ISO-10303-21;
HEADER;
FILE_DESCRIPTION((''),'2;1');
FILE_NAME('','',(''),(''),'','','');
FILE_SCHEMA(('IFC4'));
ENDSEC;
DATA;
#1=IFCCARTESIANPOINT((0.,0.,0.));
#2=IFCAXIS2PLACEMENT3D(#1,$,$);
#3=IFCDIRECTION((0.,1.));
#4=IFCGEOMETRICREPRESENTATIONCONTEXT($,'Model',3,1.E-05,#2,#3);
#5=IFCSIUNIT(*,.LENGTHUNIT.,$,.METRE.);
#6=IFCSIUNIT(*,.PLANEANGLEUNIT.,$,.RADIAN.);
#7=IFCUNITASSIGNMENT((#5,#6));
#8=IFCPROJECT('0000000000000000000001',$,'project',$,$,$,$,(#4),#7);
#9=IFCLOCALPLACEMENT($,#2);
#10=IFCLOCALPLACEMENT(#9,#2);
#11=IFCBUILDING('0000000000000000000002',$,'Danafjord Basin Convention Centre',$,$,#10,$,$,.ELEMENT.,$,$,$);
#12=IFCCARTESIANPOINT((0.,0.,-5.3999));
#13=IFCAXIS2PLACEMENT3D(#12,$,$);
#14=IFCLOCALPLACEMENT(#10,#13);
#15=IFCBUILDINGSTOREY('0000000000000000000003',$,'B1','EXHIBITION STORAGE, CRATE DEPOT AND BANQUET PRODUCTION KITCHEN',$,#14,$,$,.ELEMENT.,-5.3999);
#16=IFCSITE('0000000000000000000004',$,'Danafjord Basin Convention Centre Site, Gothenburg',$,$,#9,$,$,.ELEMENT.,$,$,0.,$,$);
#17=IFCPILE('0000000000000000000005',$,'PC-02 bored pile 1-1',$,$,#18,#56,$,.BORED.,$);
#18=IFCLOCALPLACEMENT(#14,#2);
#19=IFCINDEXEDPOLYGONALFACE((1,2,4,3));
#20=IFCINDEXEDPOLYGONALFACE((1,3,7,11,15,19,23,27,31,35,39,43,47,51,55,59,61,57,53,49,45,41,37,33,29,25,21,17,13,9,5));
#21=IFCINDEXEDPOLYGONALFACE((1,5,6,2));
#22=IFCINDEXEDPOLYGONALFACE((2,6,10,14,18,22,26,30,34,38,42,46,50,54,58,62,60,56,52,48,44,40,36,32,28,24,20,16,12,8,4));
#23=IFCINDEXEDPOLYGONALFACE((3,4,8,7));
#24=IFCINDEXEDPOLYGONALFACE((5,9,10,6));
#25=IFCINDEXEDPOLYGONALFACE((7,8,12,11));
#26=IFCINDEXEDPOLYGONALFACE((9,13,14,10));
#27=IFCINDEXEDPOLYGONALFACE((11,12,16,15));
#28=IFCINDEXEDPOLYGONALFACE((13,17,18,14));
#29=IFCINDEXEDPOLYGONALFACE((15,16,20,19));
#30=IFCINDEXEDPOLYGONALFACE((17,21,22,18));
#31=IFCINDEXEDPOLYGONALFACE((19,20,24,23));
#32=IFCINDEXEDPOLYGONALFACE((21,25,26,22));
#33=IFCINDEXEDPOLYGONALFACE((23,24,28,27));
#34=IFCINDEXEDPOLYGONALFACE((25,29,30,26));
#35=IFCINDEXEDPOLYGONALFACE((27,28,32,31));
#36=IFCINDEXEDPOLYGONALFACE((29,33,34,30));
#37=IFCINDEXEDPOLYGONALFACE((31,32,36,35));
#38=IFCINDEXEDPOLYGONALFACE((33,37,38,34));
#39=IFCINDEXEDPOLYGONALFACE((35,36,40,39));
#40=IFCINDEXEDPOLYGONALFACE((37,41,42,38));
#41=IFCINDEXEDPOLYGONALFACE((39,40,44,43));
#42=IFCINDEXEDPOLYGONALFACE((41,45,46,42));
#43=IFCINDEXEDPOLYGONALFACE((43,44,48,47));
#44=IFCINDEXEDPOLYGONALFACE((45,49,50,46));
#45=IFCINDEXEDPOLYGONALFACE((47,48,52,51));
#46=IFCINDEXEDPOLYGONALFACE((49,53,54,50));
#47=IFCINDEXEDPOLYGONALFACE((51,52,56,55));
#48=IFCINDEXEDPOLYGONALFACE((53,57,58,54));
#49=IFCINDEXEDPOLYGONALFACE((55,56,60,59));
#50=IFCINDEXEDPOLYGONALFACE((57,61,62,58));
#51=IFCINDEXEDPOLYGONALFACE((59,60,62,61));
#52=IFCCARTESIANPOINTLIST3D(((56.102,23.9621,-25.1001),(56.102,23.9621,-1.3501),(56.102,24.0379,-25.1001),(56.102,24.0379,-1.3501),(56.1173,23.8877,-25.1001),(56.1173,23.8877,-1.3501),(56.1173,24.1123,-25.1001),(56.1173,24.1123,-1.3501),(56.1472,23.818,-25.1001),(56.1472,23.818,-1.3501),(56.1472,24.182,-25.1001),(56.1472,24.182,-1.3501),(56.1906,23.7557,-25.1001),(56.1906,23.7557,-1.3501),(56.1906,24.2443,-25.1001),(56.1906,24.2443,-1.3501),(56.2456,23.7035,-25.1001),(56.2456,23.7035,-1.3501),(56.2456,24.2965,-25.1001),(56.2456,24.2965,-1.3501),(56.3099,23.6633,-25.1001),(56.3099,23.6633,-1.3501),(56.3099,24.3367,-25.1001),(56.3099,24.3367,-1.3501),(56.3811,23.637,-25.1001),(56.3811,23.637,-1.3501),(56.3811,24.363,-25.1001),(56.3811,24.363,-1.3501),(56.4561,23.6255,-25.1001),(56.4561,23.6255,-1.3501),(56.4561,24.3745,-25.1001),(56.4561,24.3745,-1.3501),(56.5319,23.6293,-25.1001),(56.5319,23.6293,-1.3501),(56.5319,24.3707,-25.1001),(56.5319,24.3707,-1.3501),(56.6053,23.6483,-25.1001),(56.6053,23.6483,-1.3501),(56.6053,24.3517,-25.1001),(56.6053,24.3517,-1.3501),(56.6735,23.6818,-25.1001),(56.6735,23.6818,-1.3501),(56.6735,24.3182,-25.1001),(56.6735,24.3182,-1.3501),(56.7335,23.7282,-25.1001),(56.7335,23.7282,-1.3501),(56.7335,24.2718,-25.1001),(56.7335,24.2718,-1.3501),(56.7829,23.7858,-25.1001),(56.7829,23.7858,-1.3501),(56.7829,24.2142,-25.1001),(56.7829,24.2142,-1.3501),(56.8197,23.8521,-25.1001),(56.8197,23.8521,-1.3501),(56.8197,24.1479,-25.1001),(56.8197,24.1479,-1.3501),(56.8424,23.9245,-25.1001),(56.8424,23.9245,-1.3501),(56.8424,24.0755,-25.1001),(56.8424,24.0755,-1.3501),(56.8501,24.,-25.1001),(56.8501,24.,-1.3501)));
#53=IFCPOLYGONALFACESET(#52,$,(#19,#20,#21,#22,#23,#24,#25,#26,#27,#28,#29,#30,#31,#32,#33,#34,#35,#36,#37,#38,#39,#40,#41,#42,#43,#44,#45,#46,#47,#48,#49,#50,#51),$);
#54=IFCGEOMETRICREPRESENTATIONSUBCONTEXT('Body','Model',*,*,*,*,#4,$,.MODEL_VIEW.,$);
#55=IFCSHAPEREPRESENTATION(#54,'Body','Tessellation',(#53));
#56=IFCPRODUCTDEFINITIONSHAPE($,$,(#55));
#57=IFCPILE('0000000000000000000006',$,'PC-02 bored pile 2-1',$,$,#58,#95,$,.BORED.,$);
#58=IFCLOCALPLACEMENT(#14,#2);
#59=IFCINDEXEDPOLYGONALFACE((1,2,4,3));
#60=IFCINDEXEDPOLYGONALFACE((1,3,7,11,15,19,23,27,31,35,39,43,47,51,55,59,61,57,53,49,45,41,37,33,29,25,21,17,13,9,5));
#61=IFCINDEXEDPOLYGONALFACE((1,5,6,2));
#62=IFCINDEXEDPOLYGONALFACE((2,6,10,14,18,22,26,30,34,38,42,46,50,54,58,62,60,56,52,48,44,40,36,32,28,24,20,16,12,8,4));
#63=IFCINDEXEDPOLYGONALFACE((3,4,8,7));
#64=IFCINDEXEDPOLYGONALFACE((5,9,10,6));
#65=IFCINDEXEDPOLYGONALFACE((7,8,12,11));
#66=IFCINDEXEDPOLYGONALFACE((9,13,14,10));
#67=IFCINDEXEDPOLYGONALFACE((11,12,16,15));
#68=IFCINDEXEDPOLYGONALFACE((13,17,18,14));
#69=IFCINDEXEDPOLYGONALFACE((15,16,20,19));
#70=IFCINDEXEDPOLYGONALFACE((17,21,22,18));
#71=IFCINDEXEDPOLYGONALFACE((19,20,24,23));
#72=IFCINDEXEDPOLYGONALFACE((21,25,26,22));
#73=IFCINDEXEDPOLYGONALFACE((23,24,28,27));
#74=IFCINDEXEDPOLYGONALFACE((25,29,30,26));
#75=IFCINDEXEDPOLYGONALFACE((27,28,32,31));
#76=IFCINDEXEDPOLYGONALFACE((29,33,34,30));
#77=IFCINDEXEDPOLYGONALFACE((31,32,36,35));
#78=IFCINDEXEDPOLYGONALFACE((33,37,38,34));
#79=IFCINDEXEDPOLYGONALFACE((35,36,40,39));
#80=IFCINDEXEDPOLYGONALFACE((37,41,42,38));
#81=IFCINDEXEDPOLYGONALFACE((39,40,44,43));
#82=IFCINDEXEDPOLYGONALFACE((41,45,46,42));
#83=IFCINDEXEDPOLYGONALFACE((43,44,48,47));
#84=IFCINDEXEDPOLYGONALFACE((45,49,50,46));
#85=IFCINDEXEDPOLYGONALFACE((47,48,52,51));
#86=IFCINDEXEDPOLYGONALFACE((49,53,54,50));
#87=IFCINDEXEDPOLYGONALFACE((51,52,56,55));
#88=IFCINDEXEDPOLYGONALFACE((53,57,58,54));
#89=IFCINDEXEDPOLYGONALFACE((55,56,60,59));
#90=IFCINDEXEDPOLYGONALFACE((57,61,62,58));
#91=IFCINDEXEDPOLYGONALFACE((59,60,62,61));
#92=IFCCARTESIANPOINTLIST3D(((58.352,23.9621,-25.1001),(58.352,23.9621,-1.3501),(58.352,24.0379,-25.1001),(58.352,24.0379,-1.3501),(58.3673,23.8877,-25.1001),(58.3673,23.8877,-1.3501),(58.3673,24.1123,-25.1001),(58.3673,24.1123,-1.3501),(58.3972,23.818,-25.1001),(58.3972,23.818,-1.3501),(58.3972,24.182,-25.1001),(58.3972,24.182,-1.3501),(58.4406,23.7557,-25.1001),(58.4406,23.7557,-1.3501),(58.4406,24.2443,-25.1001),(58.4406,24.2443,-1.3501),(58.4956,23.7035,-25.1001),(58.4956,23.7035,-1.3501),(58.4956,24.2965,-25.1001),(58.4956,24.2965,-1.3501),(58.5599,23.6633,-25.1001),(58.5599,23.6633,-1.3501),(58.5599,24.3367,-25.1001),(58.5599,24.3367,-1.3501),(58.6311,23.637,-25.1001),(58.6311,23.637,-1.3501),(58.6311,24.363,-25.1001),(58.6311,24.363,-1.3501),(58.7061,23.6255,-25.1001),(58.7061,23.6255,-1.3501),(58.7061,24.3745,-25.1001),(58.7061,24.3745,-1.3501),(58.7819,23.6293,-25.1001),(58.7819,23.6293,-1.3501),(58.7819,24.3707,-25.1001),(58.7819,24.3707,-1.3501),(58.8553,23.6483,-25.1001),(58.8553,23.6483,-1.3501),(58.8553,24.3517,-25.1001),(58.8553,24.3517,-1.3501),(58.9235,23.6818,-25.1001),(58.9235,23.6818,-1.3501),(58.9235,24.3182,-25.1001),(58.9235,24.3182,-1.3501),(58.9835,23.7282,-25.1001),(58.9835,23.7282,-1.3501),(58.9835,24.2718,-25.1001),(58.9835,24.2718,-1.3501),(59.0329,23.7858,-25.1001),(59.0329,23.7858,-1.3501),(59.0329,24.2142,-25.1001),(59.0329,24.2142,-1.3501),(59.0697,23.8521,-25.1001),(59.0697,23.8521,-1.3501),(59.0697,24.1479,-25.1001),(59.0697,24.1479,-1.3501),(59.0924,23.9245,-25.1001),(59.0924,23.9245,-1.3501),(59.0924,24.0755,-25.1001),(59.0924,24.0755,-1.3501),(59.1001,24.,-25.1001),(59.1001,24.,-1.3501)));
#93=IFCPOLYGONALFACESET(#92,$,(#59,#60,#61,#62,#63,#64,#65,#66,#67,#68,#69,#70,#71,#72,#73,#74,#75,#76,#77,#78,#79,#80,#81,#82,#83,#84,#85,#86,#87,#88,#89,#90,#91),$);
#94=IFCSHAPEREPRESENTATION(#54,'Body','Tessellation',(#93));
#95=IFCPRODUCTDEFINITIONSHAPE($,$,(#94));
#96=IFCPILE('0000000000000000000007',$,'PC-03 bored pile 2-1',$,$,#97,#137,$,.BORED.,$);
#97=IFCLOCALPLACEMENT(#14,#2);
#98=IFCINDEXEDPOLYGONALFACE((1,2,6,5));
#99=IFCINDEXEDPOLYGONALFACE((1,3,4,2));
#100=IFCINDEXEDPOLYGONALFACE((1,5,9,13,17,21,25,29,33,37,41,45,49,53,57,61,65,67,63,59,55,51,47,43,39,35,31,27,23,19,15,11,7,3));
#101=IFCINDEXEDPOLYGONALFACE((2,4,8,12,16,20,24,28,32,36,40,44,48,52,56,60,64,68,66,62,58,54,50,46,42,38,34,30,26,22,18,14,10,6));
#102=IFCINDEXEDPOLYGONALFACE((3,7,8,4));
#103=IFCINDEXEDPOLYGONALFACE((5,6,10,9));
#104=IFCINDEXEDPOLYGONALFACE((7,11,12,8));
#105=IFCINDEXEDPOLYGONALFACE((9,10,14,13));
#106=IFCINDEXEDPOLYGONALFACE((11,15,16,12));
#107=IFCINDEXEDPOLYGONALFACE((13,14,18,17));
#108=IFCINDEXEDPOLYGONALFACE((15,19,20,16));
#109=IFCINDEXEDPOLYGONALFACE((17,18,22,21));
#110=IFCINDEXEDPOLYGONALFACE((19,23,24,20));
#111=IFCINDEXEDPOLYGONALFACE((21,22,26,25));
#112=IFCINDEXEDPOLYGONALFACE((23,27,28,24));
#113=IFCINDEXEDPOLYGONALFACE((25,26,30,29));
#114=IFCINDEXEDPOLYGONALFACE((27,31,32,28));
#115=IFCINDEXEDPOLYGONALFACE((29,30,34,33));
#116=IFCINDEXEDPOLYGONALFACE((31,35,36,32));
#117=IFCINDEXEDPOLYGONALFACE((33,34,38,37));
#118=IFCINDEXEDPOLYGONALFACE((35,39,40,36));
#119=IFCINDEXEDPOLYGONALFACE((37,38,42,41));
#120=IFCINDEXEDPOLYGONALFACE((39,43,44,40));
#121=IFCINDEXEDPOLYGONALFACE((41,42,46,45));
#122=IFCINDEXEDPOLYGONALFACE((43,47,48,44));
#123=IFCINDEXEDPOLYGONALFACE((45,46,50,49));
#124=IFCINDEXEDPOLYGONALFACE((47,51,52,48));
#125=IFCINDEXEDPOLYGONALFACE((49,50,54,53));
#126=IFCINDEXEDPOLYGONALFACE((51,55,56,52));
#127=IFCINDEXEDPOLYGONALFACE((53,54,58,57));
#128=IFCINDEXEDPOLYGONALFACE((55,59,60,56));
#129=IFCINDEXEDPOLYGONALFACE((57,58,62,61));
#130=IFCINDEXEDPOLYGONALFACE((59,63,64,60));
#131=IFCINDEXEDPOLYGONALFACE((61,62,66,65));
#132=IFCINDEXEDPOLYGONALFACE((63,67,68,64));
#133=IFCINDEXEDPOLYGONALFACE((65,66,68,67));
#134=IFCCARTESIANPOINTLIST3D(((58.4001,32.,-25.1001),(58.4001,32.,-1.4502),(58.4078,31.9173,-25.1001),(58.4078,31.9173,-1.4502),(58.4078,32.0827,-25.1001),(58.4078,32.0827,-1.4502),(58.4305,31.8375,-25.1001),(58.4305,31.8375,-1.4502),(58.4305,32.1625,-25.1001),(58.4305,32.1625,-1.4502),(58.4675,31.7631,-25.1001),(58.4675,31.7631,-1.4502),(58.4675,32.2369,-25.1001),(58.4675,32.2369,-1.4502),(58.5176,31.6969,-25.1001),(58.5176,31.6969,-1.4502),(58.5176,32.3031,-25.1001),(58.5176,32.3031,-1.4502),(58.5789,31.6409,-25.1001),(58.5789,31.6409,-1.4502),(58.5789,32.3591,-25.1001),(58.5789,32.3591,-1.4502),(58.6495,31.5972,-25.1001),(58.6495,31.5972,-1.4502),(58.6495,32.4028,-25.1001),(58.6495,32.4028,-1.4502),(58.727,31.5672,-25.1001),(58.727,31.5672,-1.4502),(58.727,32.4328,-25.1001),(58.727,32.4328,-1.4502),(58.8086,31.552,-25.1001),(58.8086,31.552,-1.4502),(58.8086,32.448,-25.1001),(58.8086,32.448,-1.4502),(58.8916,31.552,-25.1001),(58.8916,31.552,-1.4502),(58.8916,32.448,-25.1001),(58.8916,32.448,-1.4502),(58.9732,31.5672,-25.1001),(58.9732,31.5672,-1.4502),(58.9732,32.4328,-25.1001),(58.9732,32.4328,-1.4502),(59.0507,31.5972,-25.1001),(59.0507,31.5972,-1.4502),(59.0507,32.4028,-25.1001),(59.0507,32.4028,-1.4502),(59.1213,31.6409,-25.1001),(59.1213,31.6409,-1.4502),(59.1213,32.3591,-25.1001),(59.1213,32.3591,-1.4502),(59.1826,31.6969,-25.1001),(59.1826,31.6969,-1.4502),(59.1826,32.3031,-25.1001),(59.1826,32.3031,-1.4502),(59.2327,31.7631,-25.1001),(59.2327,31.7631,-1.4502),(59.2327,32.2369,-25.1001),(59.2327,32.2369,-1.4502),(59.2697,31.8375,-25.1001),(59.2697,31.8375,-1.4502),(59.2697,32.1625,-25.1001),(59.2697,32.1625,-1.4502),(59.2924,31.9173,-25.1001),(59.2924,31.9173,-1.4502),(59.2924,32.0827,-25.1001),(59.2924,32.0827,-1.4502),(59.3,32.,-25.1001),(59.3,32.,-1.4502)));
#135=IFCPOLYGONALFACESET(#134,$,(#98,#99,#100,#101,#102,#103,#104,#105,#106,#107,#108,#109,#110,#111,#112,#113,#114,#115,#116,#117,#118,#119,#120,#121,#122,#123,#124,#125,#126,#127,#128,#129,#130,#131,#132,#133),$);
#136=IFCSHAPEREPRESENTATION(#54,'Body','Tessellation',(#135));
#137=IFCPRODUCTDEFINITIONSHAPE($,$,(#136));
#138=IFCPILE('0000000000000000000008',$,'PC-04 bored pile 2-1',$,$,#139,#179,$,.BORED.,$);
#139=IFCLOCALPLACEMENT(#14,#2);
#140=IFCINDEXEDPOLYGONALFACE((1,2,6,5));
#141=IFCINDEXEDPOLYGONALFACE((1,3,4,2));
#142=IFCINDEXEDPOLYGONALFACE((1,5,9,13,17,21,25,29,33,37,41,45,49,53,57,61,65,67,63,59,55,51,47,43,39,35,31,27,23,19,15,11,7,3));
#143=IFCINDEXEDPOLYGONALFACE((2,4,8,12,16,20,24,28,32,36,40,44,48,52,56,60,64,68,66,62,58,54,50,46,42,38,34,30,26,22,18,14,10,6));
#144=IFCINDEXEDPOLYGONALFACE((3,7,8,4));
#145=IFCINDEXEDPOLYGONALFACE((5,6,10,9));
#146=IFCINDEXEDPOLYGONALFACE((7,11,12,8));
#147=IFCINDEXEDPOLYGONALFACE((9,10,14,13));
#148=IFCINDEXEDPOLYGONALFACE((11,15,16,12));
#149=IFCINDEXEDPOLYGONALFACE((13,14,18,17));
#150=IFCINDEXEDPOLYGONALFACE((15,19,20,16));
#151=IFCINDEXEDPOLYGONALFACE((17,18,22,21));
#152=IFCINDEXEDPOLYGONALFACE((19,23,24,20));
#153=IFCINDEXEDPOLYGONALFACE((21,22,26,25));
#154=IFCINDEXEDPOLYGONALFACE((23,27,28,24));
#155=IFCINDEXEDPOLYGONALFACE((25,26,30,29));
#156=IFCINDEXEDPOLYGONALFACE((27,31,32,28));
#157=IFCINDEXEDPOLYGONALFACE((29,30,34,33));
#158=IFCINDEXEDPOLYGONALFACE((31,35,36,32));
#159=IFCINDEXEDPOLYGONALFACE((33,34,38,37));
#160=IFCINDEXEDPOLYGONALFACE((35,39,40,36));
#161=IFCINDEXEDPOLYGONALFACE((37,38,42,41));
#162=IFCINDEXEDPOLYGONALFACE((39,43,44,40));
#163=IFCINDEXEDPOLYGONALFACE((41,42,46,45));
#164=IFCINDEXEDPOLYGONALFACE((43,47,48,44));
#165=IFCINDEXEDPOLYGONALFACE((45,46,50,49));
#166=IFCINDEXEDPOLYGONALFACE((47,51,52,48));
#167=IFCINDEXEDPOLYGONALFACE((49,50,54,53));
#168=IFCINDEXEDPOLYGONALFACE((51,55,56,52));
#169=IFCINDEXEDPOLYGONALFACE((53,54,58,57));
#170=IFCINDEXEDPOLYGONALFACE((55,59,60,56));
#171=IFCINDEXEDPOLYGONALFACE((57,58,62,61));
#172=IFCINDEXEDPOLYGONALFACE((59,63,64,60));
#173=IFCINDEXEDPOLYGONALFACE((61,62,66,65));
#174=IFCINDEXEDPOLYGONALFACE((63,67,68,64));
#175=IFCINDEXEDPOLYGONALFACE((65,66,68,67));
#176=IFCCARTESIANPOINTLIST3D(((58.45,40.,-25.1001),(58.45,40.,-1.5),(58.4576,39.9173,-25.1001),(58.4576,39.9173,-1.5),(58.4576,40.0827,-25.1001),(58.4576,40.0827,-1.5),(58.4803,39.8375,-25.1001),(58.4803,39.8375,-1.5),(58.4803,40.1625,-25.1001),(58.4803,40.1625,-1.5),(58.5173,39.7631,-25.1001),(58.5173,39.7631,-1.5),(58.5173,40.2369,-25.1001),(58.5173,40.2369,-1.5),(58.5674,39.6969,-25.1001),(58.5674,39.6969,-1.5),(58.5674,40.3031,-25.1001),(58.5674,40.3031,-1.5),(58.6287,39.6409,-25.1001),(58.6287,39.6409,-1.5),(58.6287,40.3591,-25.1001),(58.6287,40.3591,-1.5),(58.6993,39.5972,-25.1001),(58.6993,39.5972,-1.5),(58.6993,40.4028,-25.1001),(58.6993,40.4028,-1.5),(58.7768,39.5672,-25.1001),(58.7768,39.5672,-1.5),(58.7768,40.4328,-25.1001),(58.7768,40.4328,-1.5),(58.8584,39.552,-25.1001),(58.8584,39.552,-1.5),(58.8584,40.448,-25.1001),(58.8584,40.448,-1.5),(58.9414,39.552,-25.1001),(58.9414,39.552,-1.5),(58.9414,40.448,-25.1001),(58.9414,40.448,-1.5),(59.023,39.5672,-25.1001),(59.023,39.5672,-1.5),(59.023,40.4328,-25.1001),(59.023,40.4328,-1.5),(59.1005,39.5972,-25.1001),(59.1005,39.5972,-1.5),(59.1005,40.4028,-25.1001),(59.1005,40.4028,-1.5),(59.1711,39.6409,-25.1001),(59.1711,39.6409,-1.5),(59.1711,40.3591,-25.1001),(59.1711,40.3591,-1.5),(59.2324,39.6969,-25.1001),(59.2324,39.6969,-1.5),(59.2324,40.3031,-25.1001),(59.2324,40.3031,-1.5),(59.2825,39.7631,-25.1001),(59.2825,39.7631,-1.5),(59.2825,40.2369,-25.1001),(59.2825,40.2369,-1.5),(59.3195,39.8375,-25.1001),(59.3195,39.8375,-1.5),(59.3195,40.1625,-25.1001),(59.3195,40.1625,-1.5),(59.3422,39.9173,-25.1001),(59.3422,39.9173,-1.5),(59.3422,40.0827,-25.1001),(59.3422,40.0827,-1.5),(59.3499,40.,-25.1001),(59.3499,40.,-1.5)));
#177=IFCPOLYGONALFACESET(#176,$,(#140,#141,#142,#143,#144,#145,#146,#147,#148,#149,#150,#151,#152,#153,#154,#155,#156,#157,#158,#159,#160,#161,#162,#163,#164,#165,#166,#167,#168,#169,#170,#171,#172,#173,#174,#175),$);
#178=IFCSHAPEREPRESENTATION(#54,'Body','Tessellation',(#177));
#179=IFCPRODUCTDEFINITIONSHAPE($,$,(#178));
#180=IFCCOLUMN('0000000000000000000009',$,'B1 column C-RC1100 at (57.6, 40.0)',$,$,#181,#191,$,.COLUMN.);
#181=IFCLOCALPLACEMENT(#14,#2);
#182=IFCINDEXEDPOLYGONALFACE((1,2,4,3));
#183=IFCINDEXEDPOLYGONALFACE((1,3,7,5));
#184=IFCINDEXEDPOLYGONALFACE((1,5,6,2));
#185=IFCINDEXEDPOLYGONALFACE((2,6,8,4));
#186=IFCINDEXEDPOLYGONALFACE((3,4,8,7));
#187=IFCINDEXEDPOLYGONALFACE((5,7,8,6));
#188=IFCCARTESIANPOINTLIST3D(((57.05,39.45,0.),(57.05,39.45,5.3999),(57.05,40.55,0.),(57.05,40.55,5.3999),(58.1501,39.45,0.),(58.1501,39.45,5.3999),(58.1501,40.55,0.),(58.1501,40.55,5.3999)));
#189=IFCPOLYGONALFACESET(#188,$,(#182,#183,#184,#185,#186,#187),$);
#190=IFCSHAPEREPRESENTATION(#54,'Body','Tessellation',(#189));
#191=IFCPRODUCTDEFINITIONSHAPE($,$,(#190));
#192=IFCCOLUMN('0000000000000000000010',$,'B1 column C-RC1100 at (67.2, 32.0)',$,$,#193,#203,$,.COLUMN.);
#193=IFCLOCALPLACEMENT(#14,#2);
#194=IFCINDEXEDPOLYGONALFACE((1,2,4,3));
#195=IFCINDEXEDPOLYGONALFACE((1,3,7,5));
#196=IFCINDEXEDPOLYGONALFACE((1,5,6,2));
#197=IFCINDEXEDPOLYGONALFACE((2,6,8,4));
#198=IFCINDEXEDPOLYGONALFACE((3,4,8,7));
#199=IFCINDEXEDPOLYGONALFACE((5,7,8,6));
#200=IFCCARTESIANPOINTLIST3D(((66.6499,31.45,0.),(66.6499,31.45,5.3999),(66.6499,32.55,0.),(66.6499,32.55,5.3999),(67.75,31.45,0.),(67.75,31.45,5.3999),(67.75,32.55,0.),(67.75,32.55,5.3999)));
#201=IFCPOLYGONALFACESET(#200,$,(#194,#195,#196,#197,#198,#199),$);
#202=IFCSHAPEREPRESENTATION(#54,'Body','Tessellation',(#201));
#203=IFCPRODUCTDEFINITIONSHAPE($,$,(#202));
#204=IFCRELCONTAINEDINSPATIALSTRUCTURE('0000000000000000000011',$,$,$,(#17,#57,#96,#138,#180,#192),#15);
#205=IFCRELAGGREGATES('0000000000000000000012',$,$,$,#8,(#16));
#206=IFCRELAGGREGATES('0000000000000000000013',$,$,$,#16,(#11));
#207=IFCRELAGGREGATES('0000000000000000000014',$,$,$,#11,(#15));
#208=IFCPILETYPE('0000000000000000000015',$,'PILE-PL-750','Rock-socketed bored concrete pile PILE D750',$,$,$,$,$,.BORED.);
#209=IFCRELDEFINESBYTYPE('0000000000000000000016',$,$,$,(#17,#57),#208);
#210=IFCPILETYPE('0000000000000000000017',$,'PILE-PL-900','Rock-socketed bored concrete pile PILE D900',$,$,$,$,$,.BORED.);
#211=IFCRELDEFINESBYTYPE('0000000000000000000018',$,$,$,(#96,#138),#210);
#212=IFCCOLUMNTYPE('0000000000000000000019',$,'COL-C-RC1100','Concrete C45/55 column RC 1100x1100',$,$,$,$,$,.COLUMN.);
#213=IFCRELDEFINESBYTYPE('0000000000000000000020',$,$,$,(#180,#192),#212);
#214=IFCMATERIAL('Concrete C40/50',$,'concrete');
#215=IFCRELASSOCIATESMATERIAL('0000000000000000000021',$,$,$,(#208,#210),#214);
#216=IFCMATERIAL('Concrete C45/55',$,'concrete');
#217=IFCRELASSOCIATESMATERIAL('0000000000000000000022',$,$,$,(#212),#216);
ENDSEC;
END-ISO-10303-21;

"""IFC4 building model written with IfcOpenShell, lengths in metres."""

from ifc_helpers import new_model, si_unit, direction, frame, origin, origin_2d, place, context, subcontext, project, spatial, rectangle, circle, extrude, material, material_profile, profile_set, type_object, element, save


model = new_model("IFC4")

# Units and contexts
model_context = context("Model", 3, precision=1e-05, world=origin(), true_north=direction((0.0, 1.0)))
body_context = subcontext(model_context, "Body", "Model", "MODEL_VIEW")
ifc_project = project(units=[si_unit("LENGTHUNIT", "METRE"), si_unit("PLANEANGLEUNIT", "RADIAN")], contexts=[model_context])

# Site, building, storey
site_placement = place(None, origin())
site = spatial("IfcSite", under=ifc_project, at=site_placement, Name="Danafjord Basin Convention Centre Site, Gothenburg", CompositionType="ELEMENT", RefElevation=0.0)
building_placement = place(site_placement, origin())
building = spatial("IfcBuilding", under=site, at=building_placement, Name="Danafjord Basin Convention Centre", CompositionType="ELEMENT")
storey_placement = place(building_placement, frame((0.0, 0.0, -5.3999)))
storey = spatial("IfcBuildingStorey", under=building, at=storey_placement, Name="B1", Description="EXHIBITION STORAGE, CRATE DEPOT AND BANQUET PRODUCTION KITCHEN", CompositionType="ELEMENT", Elevation=-5.3999)

# Shared definitions
ifc_material_1 = material(Name="Concrete C40/50", Category="concrete")

# Piles
ifc_material_profile_1 = material_profile(ifc_material_1, circle(Radius=0.375, at=origin_2d()), Name="PILE D750")
ifc_profile_set_1 = profile_set([ifc_material_profile_1], Name="Concrete C40/50")
pile_type_1 = type_object("IfcPileType", Name="PILE-PL-750", Description="Rock-socketed bored concrete pile PILE D750", PredefinedType="BORED", material=ifc_profile_set_1)
for number, where, z_axis, x_axis, name in (
    (1, (56.4751, 24.0, -1.3501), (0.0, 0.0, -1.0), (1.0, 0.0, 0.0), "PC-02 bored pile 1-1"),
    (2, (58.7251, 24.0, -1.3501), (0.0, 0.0, -1.0), (1.0, 0.0, 0.0), "PC-02 bored pile 2-1"),
):
    element("IfcPile", number, at=place(storey_placement, frame(where, z_axis=z_axis, x_axis=x_axis)), inside=storey, type_object=pile_type_1, Name=name, PredefinedType="BORED", context=body_context, shape_type="SweptSolid", body=[
        extrude(circle(Radius=0.375, at=origin_2d()), origin(), (0.0, 0.0, 1.0), 23.75),
    ])
ifc_material_profile_2 = material_profile(ifc_material_1, circle(Radius=0.45, at=origin_2d()), Name="PILE D900")
ifc_profile_set_2 = profile_set([ifc_material_profile_2], Name="Concrete C40/50")
pile_type_2 = type_object("IfcPileType", Name="PILE-PL-900", Description="Rock-socketed bored concrete pile PILE D900", PredefinedType="BORED", material=ifc_profile_set_2)
pile_1_placement = place(storey_placement, frame((58.8501, 32.0, -1.4502), z_axis=(0.0, 0.0, -1.0), x_axis=(1.0, 0.0, 0.0)))
element("IfcPile", 3, at=pile_1_placement, inside=storey, type_object=pile_type_2, Name="PC-03 bored pile 2-1", PredefinedType="BORED", context=body_context, shape_type="SweptSolid", body=[
    extrude(circle(Radius=0.45, at=origin_2d()), origin(), (0.0, 0.0, 1.0), 23.6499),
])
pile_2_placement = place(storey_placement, frame((58.8999, 40.0, -1.5), z_axis=(0.0, 0.0, -1.0), x_axis=(1.0, 0.0, 0.0)))
element("IfcPile", 4, at=pile_2_placement, inside=storey, type_object=pile_type_2, Name="PC-04 bored pile 2-1", PredefinedType="BORED", context=body_context, shape_type="SweptSolid", body=[
    extrude(circle(Radius=0.45, at=origin_2d()), origin(), (0.0, 0.0, 1.0), 23.6001),
])

# Columns
ifc_material_2 = material(Name="Concrete C45/55", Category="concrete")
ifc_material_profile_3 = material_profile(ifc_material_2, rectangle(XDim=1.1001, YDim=1.1001, at=origin_2d()), Name="RC 1100x1100")
ifc_profile_set_3 = profile_set([ifc_material_profile_3], Name="Concrete C45/55")
column_type_1 = type_object("IfcColumnType", Name="COL-C-RC1100", Description="Concrete C45/55 column RC 1100x1100", PredefinedType="COLUMN", material=ifc_profile_set_3)
for number, where, z_axis, x_axis, name in (
    (5, (57.6001, 40.0, 0.0), (0.0, 0.0, 1.0), (1.0, 0.0, 0.0), "B1 column C-RC1100 at (57.6, 40.0)"),
    (6, (67.2, 32.0, 0.0), (0.0, 0.0, 1.0), (1.0, 0.0, 0.0), "B1 column C-RC1100 at (67.2, 32.0)"),
):
    element("IfcColumn", number, at=place(storey_placement, frame(where, z_axis=z_axis, x_axis=x_axis)), inside=storey, type_object=column_type_1, Name=name, PredefinedType="COLUMN", context=body_context, shape_type="SweptSolid", body=[
        extrude(rectangle(XDim=1.1001, YDim=1.1001, at=origin_2d()), origin(), (0.0, 0.0, 1.0), 5.3999),
    ])

save(model, "model.ifc")
